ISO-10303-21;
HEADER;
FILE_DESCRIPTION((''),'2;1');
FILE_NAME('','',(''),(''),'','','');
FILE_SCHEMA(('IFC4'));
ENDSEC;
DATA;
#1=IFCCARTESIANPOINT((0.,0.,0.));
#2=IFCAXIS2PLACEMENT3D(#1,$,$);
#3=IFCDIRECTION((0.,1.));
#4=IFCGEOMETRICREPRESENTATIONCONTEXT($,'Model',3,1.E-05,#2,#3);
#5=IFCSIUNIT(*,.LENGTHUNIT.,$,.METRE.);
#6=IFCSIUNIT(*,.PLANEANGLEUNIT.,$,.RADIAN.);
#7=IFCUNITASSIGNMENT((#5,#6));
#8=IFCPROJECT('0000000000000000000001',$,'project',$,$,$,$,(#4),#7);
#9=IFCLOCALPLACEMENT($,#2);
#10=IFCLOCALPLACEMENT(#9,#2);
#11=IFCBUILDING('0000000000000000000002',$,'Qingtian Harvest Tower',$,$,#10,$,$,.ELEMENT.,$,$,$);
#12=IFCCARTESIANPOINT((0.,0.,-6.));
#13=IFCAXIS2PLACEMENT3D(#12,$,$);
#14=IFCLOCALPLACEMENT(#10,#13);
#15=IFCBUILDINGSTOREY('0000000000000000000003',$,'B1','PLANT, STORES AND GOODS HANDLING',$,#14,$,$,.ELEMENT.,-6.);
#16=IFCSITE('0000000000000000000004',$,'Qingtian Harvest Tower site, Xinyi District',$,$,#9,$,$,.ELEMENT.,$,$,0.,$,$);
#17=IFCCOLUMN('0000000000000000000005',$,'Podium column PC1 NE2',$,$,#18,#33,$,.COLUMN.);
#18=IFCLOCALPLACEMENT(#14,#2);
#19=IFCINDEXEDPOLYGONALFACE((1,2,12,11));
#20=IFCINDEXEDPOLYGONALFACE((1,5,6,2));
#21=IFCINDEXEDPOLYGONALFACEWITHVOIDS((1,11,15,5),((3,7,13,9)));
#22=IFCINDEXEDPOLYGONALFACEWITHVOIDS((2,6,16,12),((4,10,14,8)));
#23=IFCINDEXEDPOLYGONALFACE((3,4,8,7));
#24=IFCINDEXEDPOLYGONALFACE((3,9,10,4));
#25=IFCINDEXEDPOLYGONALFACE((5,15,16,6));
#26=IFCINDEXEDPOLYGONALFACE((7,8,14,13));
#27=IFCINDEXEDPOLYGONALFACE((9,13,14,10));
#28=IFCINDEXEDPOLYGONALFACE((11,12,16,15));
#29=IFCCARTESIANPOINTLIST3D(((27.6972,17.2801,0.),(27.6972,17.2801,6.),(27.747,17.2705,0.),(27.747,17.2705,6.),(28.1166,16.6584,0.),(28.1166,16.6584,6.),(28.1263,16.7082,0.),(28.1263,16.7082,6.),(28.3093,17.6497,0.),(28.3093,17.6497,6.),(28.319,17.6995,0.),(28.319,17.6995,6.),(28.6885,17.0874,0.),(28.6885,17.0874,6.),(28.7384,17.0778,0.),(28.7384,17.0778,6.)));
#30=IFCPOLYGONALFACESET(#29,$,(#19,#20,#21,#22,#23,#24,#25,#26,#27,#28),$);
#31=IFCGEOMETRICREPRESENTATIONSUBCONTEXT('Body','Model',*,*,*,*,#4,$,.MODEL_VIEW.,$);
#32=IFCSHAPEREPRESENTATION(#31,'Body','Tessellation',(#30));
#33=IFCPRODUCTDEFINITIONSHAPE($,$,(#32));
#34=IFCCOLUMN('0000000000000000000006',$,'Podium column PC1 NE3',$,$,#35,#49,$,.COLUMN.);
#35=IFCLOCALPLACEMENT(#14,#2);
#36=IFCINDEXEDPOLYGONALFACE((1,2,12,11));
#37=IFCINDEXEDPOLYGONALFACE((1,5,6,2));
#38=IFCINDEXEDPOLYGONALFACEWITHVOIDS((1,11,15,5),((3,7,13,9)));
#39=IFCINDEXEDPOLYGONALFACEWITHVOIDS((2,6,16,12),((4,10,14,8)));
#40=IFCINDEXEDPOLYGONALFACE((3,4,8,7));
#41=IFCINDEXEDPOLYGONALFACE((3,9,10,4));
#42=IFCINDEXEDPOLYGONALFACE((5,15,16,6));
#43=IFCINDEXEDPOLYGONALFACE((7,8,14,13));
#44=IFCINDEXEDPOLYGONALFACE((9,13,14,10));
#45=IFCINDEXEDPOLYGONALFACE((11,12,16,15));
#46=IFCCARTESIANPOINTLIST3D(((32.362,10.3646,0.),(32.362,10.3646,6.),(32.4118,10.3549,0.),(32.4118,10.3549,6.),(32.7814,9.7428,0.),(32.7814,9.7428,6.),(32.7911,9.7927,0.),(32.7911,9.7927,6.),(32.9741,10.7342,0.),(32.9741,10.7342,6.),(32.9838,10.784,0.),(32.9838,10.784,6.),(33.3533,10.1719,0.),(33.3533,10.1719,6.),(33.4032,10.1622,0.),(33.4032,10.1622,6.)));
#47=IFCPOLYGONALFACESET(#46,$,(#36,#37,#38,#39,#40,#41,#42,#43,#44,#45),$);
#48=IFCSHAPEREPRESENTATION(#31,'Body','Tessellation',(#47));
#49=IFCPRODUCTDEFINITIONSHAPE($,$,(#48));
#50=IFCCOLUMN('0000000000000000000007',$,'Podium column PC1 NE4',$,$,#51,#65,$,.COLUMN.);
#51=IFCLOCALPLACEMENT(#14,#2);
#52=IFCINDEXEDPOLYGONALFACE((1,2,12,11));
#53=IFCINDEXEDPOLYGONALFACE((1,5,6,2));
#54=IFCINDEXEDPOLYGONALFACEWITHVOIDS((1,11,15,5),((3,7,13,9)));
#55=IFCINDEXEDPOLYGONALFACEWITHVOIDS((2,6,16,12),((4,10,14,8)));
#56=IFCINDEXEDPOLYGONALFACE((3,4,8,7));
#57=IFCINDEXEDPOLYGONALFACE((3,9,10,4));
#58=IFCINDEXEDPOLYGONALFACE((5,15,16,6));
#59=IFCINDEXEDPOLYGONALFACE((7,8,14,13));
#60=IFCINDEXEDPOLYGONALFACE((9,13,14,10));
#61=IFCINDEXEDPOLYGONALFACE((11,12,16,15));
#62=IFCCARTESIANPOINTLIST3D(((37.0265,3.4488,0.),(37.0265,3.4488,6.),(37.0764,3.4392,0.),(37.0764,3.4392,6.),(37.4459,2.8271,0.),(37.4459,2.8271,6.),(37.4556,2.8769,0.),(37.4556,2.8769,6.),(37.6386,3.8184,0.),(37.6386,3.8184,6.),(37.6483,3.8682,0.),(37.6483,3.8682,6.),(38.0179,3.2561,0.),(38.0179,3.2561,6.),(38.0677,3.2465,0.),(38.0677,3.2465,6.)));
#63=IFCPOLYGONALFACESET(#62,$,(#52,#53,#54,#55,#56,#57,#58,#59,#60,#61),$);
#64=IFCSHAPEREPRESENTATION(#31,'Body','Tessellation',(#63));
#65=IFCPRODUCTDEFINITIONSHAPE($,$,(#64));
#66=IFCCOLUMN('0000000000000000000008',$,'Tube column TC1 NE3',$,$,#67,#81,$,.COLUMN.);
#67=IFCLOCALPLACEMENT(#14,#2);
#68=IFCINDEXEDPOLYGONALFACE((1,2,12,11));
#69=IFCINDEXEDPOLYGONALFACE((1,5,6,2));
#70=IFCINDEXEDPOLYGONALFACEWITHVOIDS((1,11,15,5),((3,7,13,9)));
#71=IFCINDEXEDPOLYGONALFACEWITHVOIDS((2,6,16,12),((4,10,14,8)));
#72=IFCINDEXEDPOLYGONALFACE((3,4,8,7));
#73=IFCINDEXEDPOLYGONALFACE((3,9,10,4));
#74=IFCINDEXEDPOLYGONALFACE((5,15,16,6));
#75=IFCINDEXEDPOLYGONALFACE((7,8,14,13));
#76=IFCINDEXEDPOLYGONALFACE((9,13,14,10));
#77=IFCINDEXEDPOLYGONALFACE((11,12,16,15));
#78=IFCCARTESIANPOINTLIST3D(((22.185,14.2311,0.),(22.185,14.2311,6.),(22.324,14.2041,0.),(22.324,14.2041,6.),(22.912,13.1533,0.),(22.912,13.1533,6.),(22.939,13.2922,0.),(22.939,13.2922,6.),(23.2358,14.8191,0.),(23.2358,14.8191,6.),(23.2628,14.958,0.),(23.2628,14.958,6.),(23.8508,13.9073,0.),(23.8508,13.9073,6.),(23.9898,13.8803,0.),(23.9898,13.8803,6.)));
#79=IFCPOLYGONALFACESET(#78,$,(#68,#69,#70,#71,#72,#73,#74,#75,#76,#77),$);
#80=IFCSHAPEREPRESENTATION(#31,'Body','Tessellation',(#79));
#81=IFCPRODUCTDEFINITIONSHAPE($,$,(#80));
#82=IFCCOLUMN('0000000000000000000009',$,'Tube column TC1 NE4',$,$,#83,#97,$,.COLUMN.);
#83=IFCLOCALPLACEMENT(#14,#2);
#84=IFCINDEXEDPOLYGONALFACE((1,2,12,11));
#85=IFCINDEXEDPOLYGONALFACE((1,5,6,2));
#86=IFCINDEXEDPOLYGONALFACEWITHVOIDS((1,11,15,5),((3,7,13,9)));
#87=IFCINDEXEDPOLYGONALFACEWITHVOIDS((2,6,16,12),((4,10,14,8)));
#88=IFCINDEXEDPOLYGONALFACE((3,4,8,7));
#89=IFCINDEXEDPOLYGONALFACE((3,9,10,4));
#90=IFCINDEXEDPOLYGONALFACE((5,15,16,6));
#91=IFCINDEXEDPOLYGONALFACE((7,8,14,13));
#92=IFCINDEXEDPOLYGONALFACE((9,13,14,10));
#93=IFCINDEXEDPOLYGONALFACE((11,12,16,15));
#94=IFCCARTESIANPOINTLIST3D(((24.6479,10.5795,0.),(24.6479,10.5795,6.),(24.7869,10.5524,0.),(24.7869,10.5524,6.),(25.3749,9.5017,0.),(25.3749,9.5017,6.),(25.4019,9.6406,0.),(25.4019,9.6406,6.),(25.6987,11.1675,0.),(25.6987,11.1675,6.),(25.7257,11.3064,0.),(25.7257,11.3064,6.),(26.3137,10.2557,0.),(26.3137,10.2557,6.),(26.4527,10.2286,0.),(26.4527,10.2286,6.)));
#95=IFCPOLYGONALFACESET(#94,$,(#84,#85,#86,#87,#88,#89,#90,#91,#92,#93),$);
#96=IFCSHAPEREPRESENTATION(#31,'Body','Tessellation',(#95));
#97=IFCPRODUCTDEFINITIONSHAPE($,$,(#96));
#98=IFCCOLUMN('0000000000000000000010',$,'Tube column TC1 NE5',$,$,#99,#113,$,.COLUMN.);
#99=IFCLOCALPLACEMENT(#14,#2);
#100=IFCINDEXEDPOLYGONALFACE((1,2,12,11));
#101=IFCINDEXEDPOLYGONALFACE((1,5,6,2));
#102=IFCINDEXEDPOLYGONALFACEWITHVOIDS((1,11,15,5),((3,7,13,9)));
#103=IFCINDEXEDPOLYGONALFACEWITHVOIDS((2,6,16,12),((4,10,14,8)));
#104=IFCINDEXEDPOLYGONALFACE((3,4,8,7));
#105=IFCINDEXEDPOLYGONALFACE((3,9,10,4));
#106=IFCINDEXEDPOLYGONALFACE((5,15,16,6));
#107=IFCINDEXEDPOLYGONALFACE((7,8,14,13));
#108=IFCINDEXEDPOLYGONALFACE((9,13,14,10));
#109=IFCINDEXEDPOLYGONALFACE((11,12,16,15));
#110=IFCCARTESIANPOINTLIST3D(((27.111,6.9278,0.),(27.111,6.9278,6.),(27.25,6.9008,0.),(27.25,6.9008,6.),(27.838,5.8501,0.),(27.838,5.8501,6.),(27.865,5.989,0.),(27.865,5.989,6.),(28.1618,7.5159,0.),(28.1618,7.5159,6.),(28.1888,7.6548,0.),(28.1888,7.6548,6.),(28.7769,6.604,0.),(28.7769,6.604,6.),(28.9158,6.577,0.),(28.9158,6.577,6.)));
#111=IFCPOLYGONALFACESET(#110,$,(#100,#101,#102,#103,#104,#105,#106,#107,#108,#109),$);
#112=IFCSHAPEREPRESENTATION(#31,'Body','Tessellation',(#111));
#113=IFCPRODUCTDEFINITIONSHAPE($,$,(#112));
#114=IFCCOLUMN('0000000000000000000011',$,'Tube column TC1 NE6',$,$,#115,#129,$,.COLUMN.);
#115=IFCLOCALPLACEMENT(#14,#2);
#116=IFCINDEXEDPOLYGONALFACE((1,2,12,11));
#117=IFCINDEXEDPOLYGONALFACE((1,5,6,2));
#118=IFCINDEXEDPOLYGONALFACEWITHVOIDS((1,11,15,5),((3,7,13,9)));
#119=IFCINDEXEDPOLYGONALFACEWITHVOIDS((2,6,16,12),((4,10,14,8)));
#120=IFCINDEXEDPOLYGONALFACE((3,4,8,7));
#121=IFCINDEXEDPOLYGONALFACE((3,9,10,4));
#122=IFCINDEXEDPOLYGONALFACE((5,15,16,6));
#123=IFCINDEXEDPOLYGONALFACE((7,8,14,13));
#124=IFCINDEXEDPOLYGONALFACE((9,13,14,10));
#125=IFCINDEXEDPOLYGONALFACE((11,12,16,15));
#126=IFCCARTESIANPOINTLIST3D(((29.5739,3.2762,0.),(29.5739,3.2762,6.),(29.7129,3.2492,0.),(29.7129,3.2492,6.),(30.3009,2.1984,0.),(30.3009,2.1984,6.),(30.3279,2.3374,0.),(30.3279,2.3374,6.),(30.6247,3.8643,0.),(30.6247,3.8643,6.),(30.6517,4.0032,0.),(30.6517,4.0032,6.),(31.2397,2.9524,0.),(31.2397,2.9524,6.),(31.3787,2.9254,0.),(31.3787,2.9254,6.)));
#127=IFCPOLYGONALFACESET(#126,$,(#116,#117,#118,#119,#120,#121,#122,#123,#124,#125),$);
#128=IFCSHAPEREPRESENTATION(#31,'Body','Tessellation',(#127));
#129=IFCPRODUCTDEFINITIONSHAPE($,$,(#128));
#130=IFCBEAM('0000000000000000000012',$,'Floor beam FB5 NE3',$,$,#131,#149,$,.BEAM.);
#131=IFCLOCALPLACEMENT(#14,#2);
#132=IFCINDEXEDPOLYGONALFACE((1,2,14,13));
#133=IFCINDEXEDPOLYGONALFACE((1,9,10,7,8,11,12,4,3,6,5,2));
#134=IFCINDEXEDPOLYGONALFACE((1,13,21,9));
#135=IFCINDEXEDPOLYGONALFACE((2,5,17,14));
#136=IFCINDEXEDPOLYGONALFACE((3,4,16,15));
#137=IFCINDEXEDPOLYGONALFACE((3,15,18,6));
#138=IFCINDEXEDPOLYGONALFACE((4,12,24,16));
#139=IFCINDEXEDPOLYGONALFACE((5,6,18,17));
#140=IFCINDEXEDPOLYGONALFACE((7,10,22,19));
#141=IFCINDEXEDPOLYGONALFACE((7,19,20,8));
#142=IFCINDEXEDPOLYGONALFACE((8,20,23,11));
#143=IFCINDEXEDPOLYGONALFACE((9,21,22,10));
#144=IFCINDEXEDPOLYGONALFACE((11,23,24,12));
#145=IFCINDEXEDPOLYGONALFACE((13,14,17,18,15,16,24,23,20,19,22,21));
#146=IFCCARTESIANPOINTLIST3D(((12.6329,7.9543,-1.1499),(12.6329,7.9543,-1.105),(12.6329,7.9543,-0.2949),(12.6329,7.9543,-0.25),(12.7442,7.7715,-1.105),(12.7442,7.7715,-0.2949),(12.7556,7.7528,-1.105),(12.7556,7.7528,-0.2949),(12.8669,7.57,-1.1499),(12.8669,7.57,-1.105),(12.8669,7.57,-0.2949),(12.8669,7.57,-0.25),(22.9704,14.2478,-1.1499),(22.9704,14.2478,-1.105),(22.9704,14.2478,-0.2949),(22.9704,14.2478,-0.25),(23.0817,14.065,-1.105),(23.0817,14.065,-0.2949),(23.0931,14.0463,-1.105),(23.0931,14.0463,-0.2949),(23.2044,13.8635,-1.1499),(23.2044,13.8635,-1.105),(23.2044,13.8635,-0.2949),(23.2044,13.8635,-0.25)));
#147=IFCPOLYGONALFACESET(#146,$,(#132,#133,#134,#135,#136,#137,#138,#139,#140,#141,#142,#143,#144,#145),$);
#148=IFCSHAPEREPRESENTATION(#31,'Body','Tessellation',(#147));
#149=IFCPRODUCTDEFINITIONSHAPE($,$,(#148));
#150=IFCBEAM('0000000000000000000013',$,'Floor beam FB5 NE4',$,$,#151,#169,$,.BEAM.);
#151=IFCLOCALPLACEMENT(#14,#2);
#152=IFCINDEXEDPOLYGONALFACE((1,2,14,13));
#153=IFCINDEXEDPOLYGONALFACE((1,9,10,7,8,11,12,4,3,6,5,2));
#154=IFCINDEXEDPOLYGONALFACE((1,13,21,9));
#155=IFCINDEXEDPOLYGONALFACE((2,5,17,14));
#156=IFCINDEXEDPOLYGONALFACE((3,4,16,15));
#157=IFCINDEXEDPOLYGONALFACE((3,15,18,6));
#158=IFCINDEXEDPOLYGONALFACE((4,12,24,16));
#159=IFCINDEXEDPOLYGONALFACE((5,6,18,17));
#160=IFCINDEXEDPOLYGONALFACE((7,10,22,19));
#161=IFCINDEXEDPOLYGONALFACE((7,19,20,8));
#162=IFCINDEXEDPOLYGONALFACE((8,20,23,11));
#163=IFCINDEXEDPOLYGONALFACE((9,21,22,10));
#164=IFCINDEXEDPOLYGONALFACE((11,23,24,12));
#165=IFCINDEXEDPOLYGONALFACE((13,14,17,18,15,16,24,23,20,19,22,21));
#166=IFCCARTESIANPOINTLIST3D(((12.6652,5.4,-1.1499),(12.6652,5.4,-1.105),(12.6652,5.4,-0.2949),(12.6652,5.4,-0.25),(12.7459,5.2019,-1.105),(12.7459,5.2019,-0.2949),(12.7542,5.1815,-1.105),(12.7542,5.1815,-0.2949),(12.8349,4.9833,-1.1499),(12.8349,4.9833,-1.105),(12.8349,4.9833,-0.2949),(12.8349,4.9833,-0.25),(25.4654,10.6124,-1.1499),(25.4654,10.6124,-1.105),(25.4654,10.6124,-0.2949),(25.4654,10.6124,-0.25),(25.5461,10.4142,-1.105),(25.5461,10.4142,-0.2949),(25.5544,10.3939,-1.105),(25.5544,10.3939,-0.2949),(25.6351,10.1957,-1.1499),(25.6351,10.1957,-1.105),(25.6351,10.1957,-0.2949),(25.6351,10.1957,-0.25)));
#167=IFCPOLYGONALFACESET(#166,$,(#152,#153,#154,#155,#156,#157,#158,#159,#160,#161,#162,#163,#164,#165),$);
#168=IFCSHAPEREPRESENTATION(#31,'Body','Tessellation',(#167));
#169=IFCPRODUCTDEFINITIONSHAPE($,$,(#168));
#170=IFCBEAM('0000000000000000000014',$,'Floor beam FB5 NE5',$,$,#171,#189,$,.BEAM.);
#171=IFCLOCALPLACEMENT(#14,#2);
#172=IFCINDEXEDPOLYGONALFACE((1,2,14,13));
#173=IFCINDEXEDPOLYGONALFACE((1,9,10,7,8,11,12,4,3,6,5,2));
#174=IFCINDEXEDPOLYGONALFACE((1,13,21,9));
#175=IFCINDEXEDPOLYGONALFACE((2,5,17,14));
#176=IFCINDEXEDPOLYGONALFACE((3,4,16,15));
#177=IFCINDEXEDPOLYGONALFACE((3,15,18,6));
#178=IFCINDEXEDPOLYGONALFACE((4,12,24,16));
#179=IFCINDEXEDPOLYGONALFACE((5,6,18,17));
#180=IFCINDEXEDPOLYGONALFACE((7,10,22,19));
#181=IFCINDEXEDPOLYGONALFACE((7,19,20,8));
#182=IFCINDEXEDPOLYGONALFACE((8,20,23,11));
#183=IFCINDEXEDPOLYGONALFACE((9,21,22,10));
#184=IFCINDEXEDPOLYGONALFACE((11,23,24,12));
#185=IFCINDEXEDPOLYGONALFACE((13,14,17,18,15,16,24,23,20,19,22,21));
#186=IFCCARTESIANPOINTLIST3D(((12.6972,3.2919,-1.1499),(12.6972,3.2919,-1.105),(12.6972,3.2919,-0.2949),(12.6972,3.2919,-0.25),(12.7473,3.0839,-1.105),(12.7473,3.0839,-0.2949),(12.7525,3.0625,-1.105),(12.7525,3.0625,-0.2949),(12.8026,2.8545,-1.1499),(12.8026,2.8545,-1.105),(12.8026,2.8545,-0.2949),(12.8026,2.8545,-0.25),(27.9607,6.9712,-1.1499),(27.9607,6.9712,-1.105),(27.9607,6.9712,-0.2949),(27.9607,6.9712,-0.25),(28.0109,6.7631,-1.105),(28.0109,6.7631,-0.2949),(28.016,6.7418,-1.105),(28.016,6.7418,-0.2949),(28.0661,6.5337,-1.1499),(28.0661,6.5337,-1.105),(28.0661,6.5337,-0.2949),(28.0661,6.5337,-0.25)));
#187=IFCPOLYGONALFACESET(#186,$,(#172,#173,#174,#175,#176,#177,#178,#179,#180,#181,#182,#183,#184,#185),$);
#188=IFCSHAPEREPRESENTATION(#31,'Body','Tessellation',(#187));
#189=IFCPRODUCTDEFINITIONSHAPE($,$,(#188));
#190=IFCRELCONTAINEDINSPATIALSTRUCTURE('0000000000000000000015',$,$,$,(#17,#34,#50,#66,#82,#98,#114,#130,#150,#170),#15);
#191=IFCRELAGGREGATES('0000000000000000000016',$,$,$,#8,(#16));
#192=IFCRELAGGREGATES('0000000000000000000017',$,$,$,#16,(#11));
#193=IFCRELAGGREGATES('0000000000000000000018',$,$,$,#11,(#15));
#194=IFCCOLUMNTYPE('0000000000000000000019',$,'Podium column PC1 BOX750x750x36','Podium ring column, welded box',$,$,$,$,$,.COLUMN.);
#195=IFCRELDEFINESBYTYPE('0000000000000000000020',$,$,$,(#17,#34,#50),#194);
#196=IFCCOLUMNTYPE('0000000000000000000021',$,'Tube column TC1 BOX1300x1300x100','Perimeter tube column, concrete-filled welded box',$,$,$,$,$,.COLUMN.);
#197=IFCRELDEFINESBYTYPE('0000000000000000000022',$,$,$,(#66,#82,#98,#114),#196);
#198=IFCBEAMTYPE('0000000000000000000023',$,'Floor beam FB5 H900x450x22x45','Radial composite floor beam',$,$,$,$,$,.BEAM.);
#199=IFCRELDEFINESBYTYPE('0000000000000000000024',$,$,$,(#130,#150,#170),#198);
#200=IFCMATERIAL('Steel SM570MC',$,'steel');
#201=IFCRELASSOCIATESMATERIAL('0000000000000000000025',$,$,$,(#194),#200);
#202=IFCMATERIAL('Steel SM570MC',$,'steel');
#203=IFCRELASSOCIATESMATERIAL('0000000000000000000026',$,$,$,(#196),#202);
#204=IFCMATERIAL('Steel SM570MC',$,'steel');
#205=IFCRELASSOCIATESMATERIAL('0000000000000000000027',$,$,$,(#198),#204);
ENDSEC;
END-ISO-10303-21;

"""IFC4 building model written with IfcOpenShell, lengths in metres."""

from ifc_helpers import new_model, si_unit, direction, frame, origin, origin_2d, place, context, subcontext, project, spatial, hollow_rectangle, i_section, extrude, material, material_profile, profile_set, type_object, element, save


model = new_model("IFC4")

# Units and contexts
model_context = context("Model", 3, precision=1e-05, world=origin(), true_north=direction((0.0, 1.0)))
body_context = subcontext(model_context, "Body", "Model", "MODEL_VIEW")
ifc_project = project(units=[si_unit("LENGTHUNIT", "METRE"), si_unit("PLANEANGLEUNIT", "RADIAN")], contexts=[model_context])

# Site, building, storey
site_placement = place(None, origin())
site = spatial("IfcSite", under=ifc_project, at=site_placement, Name="Qingtian Harvest Tower site, Xinyi District", CompositionType="ELEMENT", RefElevation=0.0)
building_placement = place(site_placement, origin())
building = spatial("IfcBuilding", under=site, at=building_placement, Name="Qingtian Harvest Tower", CompositionType="ELEMENT")
storey_placement = place(building_placement, frame((0.0, 0.0, -6.0)))
storey = spatial("IfcBuildingStorey", under=building, at=storey_placement, Name="B1", Description="PLANT, STORES AND GOODS HANDLING", CompositionType="ELEMENT", Elevation=-6.0)

# Columns
ifc_material_1 = material(Name="Steel SM570MC", Category="steel")
ifc_material_profile_1 = material_profile(ifc_material_1, hollow_rectangle(XDim=0.75, YDim=0.75, WallThickness=0.0359, at=origin_2d()), Name="BOX750x750x36")
ifc_profile_set_1 = profile_set([ifc_material_profile_1], Name="Steel SM570MC")
column_type_1 = type_object("IfcColumnType", Name="Podium column PC1 BOX750x750x36", Description="Podium ring column, welded box", PredefinedType="COLUMN", material=ifc_profile_set_1)
for number, where, z_axis, x_axis, name in (
    (1, (28.2178, 17.179, 0.0), (0.0, 0.0, 1.0), (-0.559193, 0.829038, 0.0), "Podium column PC1 NE2"),
    (2, (32.8826, 10.2634, 0.0), (0.0, 0.0, 1.0), (-0.559193, 0.829038, 0.0), "Podium column PC1 NE3"),
    (3, (37.5471, 3.3477, 0.0), (0.0, 0.0, 1.0), (-0.559193, 0.829038, 0.0), "Podium column PC1 NE4"),
):
    element("IfcColumn", number, at=place(storey_placement, frame(where, z_axis=z_axis, x_axis=x_axis)), inside=storey, type_object=column_type_1, Name=name, PredefinedType="COLUMN", context=body_context, shape_type="SweptSolid", body=[
        extrude(hollow_rectangle(XDim=0.75, YDim=0.75, WallThickness=0.0359, at=origin_2d()), origin(), (0.0, 0.0, 1.0), 6.0),
    ])
ifc_material_2 = material(Name="Steel SM570MC", Category="steel")
ifc_material_profile_2 = material_profile(ifc_material_2, hollow_rectangle(XDim=1.3, YDim=1.3, WallThickness=0.1001, at=origin_2d()), Name="BOX1300x1300x100")
ifc_profile_set_2 = profile_set([ifc_material_profile_2], Name="Steel SM570MC")
column_type_2 = type_object("IfcColumnType", Name="Tube column TC1 BOX1300x1300x100", Description="Perimeter tube column, concrete-filled welded box", PredefinedType="COLUMN", material=ifc_profile_set_2)
for number, where, z_axis, x_axis, name in (
    (4, (23.0874, 14.0557, 0.0), (0.0, 0.0, 1.0), (-0.559193, 0.829038, 0.0), "Tube column TC1 NE3"),
    (5, (25.5503, 10.4041, 0.0), (0.0, 0.0, 1.0), (-0.559193, 0.829038, 0.0), "Tube column TC1 NE4"),
    (6, (28.0134, 6.7524, 0.0), (0.0, 0.0, 1.0), (-0.559193, 0.829038, 0.0), "Tube column TC1 NE5"),
    (7, (30.4763, 3.1008, 0.0), (0.0, 0.0, 1.0), (-0.559193, 0.829038, 0.0), "Tube column TC1 NE6"),
):
    element("IfcColumn", number, at=place(storey_placement, frame(where, z_axis=z_axis, x_axis=x_axis)), inside=storey, type_object=column_type_2, Name=name, PredefinedType="COLUMN", context=body_context, shape_type="SweptSolid", body=[
        extrude(hollow_rectangle(XDim=1.3, YDim=1.3, WallThickness=0.1001, at=origin_2d()), origin(), (0.0, 0.0, 1.0), 6.0),
    ])

# Beams
ifc_material_3 = material(Name="Steel SM570MC", Category="steel")
ifc_material_profile_3 = material_profile(ifc_material_3, i_section(OverallWidth=0.45, OverallDepth=0.8999, WebThickness=0.022, FlangeThickness=0.0449, at=origin_2d()), Name="H900x450x22x45")
ifc_profile_set_3 = profile_set([ifc_material_profile_3], Name="Steel SM570MC")
beam_type_1 = type_object("IfcBeamType", Name="Floor beam FB5 H900x450x22x45", Description="Radial composite floor beam", PredefinedType="BEAM", material=ifc_profile_set_3)
beam_1_placement = place(storey_placement, frame((23.0874, 14.0557, -0.7), z_axis=(-0.854157, -0.520015, 0.0), x_axis=(0.520015, -0.854157, 0.0)))
element("IfcBeam", 8, at=beam_1_placement, inside=storey, type_object=beam_type_1, Name="Floor beam FB5 NE3", PredefinedType="BEAM", context=body_context, shape_type="SweptSolid", body=[
    extrude(i_section(OverallWidth=0.45, OverallDepth=0.8999, WebThickness=0.022, FlangeThickness=0.0449, at=origin_2d()), origin(), (0.0, 0.0, 1.0), 12.1025),
])
beam_2_placement = place(storey_placement, frame((25.5503, 10.4041, -0.7), z_axis=(-0.926156, -0.37714, 0.0), x_axis=(0.37714, -0.926156, 0.0)))
element("IfcBeam", 9, at=beam_2_placement, inside=storey, type_object=beam_type_1, Name="Floor beam FB5 NE4", PredefinedType="BEAM", context=body_context, shape_type="SweptSolid", body=[
    extrude(i_section(OverallWidth=0.45, OverallDepth=0.8999, WebThickness=0.022, FlangeThickness=0.0449, at=origin_2d()), origin(), (0.0, 0.0, 1.0), 13.8208),
])
beam_3_placement = place(storey_placement, frame((28.0134, 6.7524, -0.7), z_axis=(-0.972156, -0.234335, 0.0), x_axis=(0.234335, -0.972156, 0.0)))
element("IfcBeam", 10, at=beam_3_placement, inside=storey, type_object=beam_type_1, Name="Floor beam FB5 NE5", PredefinedType="BEAM", context=body_context, shape_type="SweptSolid", body=[
    extrude(i_section(OverallWidth=0.45, OverallDepth=0.8999, WebThickness=0.022, FlangeThickness=0.0449, at=origin_2d()), origin(), (0.0, 0.0, 1.0), 15.7007),
])

save(model, "model.ifc")
